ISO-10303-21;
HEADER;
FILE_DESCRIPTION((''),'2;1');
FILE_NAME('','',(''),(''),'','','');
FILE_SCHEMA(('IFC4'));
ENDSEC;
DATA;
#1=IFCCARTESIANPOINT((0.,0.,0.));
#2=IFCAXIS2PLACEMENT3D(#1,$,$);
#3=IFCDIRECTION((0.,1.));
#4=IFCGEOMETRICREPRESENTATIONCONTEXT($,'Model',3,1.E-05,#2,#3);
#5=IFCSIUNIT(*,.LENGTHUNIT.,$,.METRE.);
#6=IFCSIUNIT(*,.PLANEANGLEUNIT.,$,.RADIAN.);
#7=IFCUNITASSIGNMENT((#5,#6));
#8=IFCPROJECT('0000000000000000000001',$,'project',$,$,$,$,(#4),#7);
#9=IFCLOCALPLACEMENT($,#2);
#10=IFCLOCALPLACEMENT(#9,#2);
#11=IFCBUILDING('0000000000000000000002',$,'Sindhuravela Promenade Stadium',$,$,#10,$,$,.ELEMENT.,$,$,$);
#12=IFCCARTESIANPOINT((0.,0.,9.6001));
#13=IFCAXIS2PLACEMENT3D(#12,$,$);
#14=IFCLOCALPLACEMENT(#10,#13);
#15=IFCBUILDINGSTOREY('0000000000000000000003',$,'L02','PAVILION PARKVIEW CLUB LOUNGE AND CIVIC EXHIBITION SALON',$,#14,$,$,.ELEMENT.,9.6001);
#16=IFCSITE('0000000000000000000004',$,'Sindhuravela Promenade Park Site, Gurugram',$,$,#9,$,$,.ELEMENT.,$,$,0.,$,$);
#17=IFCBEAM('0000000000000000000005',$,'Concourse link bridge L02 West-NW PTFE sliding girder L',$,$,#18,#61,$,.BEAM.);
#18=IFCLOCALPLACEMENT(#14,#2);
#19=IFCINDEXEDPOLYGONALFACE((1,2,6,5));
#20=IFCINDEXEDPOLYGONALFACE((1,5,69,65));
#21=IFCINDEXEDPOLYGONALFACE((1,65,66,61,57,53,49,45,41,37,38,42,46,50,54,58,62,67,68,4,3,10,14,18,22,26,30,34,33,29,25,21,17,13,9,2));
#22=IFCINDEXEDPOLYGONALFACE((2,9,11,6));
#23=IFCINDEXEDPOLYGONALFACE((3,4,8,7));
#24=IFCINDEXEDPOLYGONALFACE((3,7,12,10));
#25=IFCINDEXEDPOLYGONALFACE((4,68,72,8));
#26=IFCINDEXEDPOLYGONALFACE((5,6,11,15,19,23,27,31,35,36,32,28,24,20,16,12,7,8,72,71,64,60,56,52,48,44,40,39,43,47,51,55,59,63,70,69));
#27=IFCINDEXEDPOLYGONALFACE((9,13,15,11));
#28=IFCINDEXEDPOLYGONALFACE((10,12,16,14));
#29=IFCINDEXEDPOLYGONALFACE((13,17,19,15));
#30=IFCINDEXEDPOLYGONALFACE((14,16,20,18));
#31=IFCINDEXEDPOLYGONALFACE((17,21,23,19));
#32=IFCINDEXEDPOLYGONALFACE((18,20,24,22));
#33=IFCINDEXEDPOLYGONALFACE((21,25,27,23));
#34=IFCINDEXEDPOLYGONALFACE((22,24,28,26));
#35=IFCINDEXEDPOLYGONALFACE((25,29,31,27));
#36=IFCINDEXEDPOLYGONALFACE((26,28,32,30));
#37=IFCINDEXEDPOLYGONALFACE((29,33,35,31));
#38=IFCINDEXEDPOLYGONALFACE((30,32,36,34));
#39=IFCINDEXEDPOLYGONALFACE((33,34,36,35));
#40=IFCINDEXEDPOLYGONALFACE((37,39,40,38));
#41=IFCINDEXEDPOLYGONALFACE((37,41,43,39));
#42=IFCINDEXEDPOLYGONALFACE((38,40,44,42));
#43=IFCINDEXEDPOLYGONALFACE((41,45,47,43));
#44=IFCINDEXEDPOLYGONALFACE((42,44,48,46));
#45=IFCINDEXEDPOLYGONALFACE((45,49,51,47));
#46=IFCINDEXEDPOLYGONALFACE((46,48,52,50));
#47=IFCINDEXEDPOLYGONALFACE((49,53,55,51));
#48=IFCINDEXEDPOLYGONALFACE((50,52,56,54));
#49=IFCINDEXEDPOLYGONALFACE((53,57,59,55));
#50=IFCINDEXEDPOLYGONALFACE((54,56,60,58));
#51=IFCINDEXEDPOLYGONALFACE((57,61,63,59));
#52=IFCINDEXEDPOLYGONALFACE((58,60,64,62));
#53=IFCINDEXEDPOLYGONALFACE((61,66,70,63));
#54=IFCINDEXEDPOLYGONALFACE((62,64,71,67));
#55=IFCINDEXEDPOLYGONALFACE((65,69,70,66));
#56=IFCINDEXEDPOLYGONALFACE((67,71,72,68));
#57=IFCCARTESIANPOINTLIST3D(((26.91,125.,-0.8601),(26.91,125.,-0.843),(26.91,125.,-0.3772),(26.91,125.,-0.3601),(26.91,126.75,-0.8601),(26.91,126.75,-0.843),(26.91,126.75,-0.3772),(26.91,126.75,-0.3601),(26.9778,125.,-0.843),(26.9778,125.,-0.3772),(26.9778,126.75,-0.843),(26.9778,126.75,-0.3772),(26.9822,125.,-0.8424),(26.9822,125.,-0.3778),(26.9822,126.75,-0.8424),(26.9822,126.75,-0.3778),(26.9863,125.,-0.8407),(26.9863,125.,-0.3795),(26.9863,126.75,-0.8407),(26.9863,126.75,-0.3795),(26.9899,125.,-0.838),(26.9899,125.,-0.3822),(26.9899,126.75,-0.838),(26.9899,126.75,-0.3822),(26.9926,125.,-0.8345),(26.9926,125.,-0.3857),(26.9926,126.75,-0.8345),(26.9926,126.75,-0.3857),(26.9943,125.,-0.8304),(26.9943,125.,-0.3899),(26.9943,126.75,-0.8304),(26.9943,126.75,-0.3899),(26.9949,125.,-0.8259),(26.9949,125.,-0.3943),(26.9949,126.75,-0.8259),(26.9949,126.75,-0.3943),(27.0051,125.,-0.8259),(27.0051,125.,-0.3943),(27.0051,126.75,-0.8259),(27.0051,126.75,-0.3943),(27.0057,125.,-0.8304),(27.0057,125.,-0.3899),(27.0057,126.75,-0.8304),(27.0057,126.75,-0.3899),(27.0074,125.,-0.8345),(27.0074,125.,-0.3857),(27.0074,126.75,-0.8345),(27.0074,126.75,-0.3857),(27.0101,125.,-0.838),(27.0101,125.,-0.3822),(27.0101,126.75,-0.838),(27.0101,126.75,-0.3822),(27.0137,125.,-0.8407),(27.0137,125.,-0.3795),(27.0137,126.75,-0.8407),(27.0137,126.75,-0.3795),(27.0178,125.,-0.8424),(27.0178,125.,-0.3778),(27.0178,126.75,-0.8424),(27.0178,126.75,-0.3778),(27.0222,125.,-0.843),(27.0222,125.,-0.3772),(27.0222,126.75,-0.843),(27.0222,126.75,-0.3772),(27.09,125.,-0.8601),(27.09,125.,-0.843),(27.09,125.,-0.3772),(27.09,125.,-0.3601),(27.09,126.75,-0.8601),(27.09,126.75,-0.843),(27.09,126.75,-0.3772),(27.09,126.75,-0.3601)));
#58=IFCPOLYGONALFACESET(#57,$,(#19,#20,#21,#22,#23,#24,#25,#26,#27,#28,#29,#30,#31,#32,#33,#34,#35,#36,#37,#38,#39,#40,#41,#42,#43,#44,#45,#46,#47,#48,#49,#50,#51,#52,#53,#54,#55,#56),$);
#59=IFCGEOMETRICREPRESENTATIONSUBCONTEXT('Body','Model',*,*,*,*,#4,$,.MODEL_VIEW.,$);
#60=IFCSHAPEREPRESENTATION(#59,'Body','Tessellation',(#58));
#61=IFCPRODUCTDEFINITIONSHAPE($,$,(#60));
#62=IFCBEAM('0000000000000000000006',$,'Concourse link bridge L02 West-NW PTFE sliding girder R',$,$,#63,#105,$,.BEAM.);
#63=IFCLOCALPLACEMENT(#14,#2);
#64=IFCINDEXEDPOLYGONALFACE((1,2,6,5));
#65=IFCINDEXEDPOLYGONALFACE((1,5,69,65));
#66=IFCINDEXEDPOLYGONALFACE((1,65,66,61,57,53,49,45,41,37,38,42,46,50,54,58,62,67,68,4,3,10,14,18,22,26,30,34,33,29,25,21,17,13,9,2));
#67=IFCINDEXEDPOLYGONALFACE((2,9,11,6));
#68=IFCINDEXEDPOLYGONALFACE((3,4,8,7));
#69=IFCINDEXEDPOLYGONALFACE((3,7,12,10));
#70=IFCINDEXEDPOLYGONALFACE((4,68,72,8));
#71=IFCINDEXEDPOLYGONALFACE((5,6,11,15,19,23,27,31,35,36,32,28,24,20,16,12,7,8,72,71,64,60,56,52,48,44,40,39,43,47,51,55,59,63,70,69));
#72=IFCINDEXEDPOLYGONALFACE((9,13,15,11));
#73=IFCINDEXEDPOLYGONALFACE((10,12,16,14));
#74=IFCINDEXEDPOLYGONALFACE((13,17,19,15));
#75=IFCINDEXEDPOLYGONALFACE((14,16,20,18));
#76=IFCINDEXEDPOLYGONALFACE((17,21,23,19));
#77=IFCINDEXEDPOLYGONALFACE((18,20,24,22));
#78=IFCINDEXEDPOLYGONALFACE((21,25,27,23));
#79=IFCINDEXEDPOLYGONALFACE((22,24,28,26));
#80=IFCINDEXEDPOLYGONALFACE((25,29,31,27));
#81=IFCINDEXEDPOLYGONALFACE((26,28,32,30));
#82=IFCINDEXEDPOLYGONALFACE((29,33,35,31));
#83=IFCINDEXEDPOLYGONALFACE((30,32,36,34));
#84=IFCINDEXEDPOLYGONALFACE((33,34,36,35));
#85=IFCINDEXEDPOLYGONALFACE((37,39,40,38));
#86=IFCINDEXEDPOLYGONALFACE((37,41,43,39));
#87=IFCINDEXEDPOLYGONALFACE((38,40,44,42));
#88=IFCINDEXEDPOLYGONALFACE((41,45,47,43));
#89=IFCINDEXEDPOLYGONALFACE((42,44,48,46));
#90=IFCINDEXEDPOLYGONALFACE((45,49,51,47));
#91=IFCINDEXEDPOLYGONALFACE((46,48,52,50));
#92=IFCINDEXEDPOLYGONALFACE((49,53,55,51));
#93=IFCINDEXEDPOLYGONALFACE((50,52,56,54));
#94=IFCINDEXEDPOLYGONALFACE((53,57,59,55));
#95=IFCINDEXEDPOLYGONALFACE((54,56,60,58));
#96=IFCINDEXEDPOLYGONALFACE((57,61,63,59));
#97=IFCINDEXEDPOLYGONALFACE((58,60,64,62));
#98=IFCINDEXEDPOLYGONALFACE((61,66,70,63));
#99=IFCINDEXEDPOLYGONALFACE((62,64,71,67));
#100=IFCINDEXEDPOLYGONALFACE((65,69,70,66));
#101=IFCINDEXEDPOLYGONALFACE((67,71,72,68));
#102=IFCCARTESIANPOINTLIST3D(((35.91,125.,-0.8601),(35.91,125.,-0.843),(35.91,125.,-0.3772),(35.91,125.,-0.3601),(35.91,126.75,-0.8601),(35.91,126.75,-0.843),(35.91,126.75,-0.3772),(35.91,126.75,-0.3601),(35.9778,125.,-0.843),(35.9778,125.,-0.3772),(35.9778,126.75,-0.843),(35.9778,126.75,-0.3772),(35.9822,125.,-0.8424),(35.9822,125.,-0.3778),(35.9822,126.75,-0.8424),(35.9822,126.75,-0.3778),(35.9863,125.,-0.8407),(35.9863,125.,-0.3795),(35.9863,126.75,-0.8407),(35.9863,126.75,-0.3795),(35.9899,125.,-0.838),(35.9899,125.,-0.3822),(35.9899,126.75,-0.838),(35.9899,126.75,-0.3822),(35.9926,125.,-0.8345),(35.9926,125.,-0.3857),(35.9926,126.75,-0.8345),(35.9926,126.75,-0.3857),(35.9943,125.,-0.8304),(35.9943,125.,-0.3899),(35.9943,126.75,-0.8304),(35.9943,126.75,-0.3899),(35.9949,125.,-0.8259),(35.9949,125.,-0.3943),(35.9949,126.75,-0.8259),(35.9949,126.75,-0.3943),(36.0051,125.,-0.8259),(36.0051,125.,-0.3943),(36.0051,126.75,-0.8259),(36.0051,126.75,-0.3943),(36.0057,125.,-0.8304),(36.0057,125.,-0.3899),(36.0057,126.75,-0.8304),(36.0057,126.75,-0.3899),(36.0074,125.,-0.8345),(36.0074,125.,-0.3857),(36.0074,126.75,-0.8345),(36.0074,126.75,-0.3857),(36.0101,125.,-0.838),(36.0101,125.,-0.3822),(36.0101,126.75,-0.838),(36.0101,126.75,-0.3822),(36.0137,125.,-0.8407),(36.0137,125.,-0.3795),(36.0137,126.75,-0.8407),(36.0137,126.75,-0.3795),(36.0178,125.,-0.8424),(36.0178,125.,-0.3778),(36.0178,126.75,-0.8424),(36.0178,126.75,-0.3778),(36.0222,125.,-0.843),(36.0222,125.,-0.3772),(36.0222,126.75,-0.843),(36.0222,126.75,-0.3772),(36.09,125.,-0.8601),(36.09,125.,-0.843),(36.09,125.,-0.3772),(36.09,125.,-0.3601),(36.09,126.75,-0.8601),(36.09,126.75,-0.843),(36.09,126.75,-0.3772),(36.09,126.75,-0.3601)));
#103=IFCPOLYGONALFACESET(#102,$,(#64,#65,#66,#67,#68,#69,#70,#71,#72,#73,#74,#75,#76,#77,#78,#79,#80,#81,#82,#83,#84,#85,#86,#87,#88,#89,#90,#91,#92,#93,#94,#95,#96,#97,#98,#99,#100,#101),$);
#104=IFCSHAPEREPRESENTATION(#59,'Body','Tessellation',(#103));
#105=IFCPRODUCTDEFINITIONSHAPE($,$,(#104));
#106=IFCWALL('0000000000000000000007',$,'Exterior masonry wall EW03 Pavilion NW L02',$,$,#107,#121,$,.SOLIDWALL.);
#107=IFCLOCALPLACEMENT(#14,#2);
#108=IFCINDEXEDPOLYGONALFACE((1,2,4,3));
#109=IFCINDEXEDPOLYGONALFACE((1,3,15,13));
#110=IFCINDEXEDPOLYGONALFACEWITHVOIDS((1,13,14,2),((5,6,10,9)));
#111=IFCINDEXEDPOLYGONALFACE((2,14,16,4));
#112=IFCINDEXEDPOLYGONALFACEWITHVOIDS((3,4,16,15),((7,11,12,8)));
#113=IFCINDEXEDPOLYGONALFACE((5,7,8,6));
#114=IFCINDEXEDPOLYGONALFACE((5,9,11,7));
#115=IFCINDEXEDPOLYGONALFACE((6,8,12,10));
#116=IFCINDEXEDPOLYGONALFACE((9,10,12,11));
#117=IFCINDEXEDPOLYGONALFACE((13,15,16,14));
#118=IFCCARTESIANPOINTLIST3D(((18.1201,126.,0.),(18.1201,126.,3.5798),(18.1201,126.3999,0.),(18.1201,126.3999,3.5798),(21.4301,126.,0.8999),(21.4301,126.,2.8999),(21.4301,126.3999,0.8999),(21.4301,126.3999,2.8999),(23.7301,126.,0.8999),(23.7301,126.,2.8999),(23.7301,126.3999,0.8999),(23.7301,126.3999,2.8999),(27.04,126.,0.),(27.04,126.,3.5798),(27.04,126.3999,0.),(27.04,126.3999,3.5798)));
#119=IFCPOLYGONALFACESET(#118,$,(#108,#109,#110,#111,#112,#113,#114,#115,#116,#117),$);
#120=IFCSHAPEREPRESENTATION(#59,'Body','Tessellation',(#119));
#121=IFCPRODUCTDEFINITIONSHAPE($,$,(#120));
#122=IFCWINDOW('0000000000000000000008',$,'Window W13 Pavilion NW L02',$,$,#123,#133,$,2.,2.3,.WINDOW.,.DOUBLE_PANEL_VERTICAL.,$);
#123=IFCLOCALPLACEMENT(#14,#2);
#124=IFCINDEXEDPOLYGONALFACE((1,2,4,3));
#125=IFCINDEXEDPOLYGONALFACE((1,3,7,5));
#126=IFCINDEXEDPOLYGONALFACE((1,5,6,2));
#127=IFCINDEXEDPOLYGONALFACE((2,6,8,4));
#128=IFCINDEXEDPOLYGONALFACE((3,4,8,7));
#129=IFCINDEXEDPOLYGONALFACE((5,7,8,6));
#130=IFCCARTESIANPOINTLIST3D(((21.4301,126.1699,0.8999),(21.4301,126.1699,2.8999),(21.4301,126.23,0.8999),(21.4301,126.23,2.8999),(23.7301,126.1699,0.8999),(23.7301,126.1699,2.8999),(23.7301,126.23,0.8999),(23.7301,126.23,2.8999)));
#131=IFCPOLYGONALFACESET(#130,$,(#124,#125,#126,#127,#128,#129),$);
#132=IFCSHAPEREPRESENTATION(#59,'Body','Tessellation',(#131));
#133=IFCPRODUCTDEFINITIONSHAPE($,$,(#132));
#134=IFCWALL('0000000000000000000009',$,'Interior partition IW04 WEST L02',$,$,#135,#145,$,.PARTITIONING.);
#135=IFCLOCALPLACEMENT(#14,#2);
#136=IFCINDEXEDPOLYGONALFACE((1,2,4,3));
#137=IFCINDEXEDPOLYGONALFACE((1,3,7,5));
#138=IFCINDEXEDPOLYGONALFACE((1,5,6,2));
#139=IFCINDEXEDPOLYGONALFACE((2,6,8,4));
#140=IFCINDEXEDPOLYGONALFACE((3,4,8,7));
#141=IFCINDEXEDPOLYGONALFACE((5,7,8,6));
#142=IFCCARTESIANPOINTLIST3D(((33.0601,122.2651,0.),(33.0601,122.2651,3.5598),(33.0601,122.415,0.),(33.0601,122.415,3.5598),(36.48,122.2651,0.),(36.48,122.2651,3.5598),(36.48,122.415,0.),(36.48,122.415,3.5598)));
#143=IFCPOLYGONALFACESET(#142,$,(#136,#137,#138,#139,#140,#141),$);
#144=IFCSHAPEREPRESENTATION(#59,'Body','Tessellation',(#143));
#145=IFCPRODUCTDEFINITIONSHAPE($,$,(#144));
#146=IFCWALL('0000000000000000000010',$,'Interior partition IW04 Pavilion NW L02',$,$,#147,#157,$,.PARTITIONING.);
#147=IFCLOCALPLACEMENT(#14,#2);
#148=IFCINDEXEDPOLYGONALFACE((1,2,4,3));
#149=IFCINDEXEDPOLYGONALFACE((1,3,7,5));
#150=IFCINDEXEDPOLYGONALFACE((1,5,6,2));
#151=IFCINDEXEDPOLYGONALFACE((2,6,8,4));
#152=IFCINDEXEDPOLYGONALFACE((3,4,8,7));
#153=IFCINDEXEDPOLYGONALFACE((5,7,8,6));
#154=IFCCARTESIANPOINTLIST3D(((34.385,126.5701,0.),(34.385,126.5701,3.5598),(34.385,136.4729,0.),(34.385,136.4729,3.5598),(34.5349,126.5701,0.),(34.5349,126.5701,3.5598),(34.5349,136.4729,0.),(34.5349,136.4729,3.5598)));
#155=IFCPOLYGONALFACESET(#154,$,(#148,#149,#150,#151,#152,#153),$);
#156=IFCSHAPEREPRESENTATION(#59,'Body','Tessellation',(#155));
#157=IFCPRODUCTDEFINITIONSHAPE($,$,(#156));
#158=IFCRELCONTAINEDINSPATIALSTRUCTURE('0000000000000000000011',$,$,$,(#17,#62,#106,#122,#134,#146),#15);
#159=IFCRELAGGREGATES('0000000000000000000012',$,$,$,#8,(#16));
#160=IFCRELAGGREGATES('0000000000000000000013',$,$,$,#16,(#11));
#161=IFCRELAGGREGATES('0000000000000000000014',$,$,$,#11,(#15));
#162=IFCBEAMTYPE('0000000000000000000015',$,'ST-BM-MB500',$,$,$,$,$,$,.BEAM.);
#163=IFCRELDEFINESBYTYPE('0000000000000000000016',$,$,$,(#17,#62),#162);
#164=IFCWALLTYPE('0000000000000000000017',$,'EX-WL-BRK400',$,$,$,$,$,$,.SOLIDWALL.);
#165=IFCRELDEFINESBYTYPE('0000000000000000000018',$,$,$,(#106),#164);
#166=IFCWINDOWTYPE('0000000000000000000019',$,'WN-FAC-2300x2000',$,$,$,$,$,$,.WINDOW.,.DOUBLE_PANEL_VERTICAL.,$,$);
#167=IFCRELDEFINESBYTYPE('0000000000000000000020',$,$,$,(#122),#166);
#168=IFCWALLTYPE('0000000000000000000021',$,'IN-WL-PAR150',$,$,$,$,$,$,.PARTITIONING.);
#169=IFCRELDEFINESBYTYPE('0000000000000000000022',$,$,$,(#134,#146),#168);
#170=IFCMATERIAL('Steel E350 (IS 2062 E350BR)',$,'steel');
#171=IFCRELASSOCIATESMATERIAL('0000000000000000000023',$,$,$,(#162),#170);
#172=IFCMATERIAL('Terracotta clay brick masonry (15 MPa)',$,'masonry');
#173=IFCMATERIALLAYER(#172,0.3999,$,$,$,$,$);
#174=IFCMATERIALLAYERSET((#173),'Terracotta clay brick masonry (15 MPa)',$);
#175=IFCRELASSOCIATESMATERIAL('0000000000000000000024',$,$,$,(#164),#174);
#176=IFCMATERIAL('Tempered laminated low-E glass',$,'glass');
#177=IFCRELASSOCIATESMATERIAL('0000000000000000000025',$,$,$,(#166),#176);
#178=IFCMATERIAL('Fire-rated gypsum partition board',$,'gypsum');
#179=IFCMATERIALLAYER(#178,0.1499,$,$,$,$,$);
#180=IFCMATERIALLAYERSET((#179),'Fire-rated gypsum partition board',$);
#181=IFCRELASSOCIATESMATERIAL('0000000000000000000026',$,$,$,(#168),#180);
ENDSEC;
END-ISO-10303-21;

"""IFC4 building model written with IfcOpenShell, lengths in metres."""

from ifc_helpers import new_model, si_unit, direction, frame, frame_2d, origin, origin_2d, place, context, subcontext, project, spatial, rectangle, i_section, extrude, material, layer, layer_set, material_profile, profile_set, type_object, element, fill, save


model = new_model("IFC4")

# Units and contexts
model_context = context("Model", 3, precision=1e-05, world=origin(), true_north=direction((0.0, 1.0)))
body_context = subcontext(model_context, "Body", "Model", "MODEL_VIEW")
ifc_project = project(units=[si_unit("LENGTHUNIT", "METRE"), si_unit("PLANEANGLEUNIT", "RADIAN")], contexts=[model_context])

# Site, building, storey
site_placement = place(None, origin())
site = spatial("IfcSite", under=ifc_project, at=site_placement, Name="Sindhuravela Promenade Park Site, Gurugram", CompositionType="ELEMENT", RefElevation=0.0)
building_placement = place(site_placement, origin())
building = spatial("IfcBuilding", under=site, at=building_placement, Name="Sindhuravela Promenade Stadium", CompositionType="ELEMENT")
storey_placement = place(building_placement, frame((0.0, 0.0, 9.6001)))
storey = spatial("IfcBuildingStorey", under=building, at=storey_placement, Name="L02", Description="PAVILION PARKVIEW CLUB LOUNGE AND CIVIC EXHIBITION SALON", CompositionType="ELEMENT", Elevation=9.6001)

# Beams
ifc_material_1 = material(Name="Steel E350 (IS 2062 E350BR)", Category="steel")
ifc_material_profile_1 = material_profile(ifc_material_1, i_section(OverallWidth=0.1799, OverallDepth=0.5, WebThickness=0.0103, FlangeThickness=0.0171, FilletRadius=0.0171, at=origin_2d()), Name="ISMB 500")
ifc_profile_set_1 = profile_set([ifc_material_profile_1], Name="Steel E350 (IS 2062 E350BR)")
beam_type_1 = type_object("IfcBeamType", Name="ST-BM-MB500", PredefinedType="BEAM", material=ifc_profile_set_1)
for number, where, z_axis, x_axis, name in (
    (1, (27.0, 125.0, -0.6101), (0.0, 1.0, 0.0), (-1.0, 0.0, 0.0), "Concourse link bridge L02 West-NW PTFE sliding girder L"),
    (2, (36.0, 125.0, -0.6101), (0.0, 1.0, 0.0), (-1.0, 0.0, 0.0), "Concourse link bridge L02 West-NW PTFE sliding girder R"),
):
    element("IfcBeam", number, at=place(storey_placement, frame(where, z_axis=z_axis, x_axis=x_axis)), inside=storey, type_object=beam_type_1, Name=name, PredefinedType="BEAM", context=body_context, shape_type="SweptSolid", body=[
        extrude(i_section(OverallWidth=0.1799, OverallDepth=0.5, WebThickness=0.0103, FlangeThickness=0.0171, FilletRadius=0.0171, at=origin_2d()), origin(), (0.0, 0.0, 1.0), 1.75),
    ])

# Wall, opening, window
ifc_material_2 = material(Name="Terracotta clay brick masonry (15 MPa)", Category="masonry")
ifc_layer_1 = layer(ifc_material_2, 0.3999)
ifc_layer_set_1 = layer_set([ifc_layer_1], Name="Terracotta clay brick masonry (15 MPa)")
wall_type_1 = type_object("IfcWallType", Name="EX-WL-BRK400", PredefinedType="SOLIDWALL", material=ifc_layer_set_1)
wall_1_placement = place(storey_placement, frame((27.04, 126.2, 0.0), z_axis=(0.0, 0.0, 1.0), x_axis=(-1.0, 0.0, 0.0)))
wall_1 = element("IfcWall", 3, at=wall_1_placement, inside=storey, type_object=wall_type_1, Name="Exterior masonry wall EW03 Pavilion NW L02", PredefinedType="SOLIDWALL", context=body_context, shape_type="SweptSolid", body=[
    extrude(rectangle(XDim=8.9199, YDim=0.3999, at=frame_2d((4.46, 0.0))), origin(), (0.0, 0.0, 1.0), 3.5798),
])
opening_1_placement = place(wall_1_placement, frame((3.3101, 0.0, 0.8999)))
opening_1 = element("IfcOpeningElement", 4, at=opening_1_placement, cuts=wall_1, PredefinedType="OPENING", context=body_context, shape_type="SweptSolid", body=[
    extrude(rectangle(XDim=2.3, YDim=2.0, at=frame_2d((1.1499, 1.0))), frame((0.0, 0.21, 0.0), z_axis=(0.0, -1.0, 0.0), x_axis=(1.0, 0.0, 0.0)), (0.0, 0.0, 1.0), 0.4199),
])
ifc_material_3 = material(Name="Tempered laminated low-E glass", Category="glass")
window_type = type_object("IfcWindowType", Name="WN-FAC-2300x2000", PartitioningType="DOUBLE_PANEL_VERTICAL", PredefinedType="WINDOW", material=ifc_material_3)
window_placement = place(opening_1_placement, origin())
window = element("IfcWindow", 5, at=window_placement, inside=storey, type_object=window_type, Name="Window W13 Pavilion NW L02", OverallHeight=2.0, OverallWidth=2.3, PartitioningType="DOUBLE_PANEL_VERTICAL", PredefinedType="WINDOW", context=body_context, shape_type="SweptSolid", body=[
    extrude(rectangle(XDim=2.3, YDim=2.0, at=frame_2d((1.1499, 1.0))), frame((0.0, 0.03, 0.0), z_axis=(0.0, -1.0, 0.0), x_axis=(1.0, 0.0, 0.0)), (0.0, 0.0, 1.0), 0.0601),
])
fill(opening_1, window)

# Walls
ifc_material_4 = material(Name="Fire-rated gypsum partition board", Category="gypsum")
ifc_layer_2 = layer(ifc_material_4, 0.1499)
ifc_layer_set_2 = layer_set([ifc_layer_2], Name="Fire-rated gypsum partition board")
wall_type_2 = type_object("IfcWallType", Name="IN-WL-PAR150", PredefinedType="PARTITIONING", material=ifc_layer_set_2)
wall_2_placement = place(storey_placement, frame((33.0601, 122.3401, 0.0), z_axis=(0.0, 0.0, 1.0), x_axis=(1.0, 0.0, 0.0)))
element("IfcWall", 6, at=wall_2_placement, inside=storey, type_object=wall_type_2, Name="Interior partition IW04 WEST L02", PredefinedType="PARTITIONING", context=body_context, shape_type="SweptSolid", body=[
    extrude(rectangle(XDim=3.4199, YDim=0.1499, at=frame_2d((1.71, 0.0))), origin(), (0.0, 0.0, 1.0), 3.5598),
])
wall_3_placement = place(storey_placement, frame((34.46, 126.5701, 0.0), z_axis=(0.0, 0.0, 1.0), x_axis=(0.0, 1.0, 0.0)))
element("IfcWall", 7, at=wall_3_placement, inside=storey, type_object=wall_type_2, Name="Interior partition IW04 Pavilion NW L02", PredefinedType="PARTITIONING", context=body_context, shape_type="SweptSolid", body=[
    extrude(rectangle(XDim=9.9028, YDim=0.1499, at=frame_2d((4.9514, 0.0))), origin(), (0.0, 0.0, 1.0), 3.5598),
])

save(model, "model.ifc")
